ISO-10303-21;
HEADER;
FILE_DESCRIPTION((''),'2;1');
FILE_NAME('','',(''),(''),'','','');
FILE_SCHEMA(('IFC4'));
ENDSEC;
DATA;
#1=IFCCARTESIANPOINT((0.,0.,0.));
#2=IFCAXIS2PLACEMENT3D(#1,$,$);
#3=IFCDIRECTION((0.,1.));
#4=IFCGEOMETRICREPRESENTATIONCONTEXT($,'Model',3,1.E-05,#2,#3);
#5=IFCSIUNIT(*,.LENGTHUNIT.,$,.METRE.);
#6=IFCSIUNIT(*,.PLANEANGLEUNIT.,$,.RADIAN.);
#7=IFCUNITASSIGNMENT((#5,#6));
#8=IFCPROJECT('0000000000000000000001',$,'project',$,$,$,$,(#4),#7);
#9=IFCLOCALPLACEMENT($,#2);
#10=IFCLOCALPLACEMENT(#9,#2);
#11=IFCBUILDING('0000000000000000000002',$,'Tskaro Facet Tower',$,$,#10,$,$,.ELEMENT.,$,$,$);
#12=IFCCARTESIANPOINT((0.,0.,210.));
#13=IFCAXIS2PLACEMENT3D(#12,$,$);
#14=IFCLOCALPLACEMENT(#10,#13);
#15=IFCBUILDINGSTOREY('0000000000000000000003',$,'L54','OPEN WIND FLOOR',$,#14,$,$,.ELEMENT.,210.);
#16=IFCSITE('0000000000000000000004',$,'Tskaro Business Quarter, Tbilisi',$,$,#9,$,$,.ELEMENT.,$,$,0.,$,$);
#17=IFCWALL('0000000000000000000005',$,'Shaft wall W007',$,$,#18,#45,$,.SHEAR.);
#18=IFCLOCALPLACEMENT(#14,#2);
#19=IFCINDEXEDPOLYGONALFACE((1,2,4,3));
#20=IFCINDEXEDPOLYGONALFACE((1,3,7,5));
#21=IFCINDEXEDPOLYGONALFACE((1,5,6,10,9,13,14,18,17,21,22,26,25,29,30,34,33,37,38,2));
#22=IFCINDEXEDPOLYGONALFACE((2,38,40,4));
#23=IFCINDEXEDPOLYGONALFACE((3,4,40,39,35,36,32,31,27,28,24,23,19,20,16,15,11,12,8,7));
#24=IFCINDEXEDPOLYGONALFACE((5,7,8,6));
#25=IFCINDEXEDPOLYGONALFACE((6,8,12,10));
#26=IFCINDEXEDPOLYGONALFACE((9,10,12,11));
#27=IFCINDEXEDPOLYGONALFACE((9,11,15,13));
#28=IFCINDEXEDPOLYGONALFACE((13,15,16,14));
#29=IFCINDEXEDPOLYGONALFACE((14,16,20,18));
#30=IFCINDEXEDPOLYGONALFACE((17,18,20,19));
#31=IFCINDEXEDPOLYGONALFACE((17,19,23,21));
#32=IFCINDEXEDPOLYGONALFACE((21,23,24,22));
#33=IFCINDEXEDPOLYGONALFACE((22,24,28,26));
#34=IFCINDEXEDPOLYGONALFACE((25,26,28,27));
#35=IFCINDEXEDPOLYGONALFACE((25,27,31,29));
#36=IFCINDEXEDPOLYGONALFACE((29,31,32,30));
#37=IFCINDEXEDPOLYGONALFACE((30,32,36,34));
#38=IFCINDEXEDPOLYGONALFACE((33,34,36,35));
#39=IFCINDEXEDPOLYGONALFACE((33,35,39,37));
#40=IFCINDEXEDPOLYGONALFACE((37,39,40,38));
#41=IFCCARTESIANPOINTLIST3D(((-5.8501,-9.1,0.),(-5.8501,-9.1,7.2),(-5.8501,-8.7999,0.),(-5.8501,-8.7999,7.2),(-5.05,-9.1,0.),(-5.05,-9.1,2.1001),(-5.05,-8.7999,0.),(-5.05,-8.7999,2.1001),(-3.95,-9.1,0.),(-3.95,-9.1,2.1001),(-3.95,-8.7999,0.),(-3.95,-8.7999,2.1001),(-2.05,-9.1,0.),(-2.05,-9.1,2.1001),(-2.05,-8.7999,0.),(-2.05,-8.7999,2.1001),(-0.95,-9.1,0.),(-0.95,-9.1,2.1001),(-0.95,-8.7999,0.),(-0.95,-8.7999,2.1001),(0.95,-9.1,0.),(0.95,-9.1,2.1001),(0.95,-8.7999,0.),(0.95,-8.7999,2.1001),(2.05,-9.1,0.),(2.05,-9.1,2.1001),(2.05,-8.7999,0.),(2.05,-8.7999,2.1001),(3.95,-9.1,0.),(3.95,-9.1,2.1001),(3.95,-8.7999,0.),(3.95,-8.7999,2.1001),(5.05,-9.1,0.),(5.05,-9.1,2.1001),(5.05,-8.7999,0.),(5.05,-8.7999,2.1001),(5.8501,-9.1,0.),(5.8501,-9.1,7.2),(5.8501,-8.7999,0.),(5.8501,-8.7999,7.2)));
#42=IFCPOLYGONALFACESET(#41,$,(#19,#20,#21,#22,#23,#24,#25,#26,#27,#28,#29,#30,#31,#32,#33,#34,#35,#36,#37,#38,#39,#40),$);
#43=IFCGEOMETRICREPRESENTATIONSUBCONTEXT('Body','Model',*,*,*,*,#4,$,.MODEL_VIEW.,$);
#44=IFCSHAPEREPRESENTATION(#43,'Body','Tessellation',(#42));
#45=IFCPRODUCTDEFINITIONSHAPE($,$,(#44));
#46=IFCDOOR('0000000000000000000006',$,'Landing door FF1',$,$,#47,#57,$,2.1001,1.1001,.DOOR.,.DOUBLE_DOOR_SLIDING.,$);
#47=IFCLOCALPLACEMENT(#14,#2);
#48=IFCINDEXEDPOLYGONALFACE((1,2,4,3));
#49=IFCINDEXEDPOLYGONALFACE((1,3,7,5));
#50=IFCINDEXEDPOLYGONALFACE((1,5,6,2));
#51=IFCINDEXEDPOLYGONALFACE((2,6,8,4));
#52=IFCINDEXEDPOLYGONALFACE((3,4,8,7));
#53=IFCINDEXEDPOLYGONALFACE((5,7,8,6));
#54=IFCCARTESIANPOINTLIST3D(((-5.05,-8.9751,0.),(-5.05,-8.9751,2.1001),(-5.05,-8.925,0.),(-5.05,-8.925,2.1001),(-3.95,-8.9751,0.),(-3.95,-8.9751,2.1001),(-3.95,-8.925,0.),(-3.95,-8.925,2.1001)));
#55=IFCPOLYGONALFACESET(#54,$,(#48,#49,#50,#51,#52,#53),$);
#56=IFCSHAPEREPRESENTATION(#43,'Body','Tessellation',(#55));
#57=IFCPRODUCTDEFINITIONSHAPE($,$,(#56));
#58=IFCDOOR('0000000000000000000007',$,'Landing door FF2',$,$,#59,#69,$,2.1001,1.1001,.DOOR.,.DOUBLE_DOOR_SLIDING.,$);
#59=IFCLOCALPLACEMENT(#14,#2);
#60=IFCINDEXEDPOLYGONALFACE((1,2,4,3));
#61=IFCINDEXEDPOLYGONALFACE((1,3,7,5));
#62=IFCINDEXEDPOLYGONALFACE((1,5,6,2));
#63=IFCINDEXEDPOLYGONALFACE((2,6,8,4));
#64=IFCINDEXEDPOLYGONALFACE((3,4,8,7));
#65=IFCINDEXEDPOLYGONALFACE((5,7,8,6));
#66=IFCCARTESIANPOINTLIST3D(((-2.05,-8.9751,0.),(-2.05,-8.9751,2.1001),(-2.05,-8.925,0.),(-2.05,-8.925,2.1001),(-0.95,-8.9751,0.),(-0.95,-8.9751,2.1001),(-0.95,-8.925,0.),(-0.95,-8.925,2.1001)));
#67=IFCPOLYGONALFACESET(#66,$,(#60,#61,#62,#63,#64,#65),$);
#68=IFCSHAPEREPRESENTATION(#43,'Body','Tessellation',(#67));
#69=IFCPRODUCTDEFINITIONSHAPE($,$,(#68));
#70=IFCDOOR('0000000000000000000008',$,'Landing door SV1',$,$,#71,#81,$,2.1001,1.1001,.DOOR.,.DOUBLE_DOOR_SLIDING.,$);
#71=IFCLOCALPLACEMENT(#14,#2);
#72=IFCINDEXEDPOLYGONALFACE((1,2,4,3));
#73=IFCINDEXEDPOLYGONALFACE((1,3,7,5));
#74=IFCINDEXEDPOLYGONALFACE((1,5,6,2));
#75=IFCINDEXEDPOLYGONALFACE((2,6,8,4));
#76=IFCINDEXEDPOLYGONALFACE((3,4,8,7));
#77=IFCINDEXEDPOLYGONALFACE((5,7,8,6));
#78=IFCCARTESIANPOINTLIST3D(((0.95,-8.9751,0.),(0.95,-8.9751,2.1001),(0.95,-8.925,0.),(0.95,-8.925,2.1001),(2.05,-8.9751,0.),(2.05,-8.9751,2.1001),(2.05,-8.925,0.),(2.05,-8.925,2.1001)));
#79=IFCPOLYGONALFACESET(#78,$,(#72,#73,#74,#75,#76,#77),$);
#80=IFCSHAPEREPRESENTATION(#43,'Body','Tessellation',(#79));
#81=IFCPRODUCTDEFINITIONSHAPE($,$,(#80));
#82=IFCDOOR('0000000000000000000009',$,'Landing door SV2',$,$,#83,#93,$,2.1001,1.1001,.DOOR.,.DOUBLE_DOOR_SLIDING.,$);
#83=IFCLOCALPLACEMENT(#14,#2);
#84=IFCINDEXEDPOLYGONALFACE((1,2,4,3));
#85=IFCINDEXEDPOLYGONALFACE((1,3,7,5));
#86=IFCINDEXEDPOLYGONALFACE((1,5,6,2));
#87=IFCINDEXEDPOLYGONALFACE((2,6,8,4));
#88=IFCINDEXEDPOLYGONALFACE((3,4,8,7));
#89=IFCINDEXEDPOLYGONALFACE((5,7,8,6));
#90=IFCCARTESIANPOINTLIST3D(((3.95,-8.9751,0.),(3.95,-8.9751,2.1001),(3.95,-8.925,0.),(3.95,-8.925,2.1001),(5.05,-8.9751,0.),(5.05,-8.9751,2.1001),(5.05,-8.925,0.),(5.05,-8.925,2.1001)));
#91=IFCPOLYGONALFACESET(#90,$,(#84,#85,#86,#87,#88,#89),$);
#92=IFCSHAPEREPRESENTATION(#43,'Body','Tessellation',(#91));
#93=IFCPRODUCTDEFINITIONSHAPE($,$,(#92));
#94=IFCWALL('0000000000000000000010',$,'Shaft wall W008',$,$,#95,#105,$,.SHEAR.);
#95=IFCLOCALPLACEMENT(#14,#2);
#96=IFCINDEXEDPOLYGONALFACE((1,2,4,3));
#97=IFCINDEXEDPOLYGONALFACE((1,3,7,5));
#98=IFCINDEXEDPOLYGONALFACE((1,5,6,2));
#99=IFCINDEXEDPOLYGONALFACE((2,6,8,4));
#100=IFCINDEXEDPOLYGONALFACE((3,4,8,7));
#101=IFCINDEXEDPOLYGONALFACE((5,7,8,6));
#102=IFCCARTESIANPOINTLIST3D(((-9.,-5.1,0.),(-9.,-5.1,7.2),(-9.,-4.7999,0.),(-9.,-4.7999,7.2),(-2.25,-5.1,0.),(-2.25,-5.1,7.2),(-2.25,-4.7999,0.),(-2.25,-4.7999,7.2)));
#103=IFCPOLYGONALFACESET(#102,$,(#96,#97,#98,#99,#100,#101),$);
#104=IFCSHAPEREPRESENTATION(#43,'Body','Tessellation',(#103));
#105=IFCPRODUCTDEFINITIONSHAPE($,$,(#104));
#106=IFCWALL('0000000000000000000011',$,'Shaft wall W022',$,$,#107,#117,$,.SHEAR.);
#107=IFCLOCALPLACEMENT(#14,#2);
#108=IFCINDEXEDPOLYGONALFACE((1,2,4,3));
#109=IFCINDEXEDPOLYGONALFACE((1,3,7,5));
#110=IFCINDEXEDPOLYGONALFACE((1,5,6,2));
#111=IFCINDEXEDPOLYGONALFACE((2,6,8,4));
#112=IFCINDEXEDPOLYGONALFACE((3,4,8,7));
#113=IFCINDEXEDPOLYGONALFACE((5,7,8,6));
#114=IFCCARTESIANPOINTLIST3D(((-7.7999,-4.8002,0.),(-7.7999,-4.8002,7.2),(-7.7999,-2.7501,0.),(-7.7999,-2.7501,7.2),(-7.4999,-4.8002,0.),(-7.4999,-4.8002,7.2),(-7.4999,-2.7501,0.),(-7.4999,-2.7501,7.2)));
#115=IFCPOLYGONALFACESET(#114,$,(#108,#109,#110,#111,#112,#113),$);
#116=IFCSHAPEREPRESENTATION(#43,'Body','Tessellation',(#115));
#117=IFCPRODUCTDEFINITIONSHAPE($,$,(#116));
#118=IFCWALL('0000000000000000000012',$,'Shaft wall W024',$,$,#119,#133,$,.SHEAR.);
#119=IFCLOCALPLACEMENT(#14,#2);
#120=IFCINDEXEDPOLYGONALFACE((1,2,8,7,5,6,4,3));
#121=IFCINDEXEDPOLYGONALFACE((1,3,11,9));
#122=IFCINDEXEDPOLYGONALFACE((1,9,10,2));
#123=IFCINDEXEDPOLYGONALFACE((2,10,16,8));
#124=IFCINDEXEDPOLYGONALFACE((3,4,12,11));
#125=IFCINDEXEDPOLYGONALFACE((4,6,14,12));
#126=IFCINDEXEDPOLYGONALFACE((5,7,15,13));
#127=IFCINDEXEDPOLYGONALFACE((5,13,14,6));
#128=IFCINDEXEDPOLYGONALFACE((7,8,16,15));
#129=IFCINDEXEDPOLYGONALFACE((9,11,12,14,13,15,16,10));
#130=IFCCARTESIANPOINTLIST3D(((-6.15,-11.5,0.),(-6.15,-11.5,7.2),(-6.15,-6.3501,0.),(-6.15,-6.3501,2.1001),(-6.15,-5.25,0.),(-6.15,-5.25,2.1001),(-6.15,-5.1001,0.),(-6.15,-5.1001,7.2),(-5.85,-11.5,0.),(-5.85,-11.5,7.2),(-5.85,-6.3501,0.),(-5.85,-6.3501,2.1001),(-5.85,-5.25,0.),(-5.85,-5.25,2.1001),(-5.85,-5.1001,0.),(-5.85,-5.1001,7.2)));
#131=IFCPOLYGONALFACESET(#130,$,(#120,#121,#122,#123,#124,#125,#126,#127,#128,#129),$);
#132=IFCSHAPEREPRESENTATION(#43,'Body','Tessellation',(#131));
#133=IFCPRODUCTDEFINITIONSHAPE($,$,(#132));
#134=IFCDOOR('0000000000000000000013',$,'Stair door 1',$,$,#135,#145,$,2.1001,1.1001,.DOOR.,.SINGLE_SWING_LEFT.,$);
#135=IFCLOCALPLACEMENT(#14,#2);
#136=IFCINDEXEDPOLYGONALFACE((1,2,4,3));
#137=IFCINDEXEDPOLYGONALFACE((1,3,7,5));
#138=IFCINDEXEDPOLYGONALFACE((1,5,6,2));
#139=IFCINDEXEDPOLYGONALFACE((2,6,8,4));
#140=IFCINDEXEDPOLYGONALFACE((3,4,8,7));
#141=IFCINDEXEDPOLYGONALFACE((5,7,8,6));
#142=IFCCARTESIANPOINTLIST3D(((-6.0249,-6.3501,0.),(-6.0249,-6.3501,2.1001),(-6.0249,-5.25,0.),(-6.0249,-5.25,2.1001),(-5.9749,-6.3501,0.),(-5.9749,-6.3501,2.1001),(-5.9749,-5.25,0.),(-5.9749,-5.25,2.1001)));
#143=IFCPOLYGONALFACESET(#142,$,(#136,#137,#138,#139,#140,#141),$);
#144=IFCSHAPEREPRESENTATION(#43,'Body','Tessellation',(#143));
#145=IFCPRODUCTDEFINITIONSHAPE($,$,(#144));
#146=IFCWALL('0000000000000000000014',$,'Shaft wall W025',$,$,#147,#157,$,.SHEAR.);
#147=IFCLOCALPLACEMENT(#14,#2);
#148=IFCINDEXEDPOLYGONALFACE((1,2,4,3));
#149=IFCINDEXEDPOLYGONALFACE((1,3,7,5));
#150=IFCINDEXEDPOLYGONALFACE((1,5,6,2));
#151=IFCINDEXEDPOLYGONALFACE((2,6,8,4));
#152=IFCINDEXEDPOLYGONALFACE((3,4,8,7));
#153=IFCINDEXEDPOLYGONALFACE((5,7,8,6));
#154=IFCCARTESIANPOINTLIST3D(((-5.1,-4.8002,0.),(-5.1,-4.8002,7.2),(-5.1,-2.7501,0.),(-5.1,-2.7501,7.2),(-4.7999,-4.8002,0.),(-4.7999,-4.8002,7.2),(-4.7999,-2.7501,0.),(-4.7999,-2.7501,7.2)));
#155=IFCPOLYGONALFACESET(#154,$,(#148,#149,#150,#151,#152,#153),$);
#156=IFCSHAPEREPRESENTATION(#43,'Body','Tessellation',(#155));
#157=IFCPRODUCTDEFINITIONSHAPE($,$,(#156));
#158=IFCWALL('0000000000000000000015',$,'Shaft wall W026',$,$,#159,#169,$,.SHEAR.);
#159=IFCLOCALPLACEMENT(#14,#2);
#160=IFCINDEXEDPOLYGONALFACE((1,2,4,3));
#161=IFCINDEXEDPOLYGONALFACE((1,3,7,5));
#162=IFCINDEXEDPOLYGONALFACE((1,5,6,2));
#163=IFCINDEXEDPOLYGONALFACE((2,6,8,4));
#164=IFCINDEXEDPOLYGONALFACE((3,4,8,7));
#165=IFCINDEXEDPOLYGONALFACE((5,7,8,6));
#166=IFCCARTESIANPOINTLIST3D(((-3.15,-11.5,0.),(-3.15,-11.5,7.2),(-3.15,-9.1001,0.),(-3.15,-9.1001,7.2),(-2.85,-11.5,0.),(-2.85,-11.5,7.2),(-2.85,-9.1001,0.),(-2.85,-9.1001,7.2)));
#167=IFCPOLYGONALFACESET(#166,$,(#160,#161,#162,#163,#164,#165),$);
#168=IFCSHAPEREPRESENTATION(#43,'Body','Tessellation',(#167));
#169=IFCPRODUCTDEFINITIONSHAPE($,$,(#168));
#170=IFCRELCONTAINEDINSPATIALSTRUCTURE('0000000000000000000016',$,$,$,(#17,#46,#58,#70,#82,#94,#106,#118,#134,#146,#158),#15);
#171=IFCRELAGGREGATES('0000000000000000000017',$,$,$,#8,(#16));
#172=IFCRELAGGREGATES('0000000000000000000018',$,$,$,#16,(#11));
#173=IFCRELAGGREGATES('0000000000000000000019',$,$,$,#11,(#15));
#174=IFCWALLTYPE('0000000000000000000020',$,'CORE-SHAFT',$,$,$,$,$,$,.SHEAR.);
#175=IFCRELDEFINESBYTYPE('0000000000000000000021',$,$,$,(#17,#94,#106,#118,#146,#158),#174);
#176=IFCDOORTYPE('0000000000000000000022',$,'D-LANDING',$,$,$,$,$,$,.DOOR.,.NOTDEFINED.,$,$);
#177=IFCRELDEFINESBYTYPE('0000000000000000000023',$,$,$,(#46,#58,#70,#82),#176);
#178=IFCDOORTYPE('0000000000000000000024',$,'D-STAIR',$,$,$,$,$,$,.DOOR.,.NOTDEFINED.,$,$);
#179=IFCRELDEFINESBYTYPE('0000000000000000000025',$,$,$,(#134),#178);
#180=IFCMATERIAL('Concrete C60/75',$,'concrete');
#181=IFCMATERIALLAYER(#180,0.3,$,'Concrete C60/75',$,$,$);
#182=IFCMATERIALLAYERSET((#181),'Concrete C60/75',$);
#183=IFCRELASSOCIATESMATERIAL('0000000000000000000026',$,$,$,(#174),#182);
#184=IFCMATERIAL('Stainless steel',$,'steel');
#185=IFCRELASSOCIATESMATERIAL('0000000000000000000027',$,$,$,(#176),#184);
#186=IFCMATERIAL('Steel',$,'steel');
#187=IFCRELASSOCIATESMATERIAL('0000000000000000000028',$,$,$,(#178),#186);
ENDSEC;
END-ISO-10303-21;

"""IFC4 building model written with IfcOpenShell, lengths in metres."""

from ifc_helpers import new_model, si_unit, direction, frame, frame_2d, origin, place, context, subcontext, project, spatial, rectangle, extrude, material, layer, layer_set, type_object, element, fill, save


model = new_model("IFC4")

# Units and contexts
model_context = context("Model", 3, precision=1e-05, world=origin(), true_north=direction((0.0, 1.0)))
body_context = subcontext(model_context, "Body", "Model", "MODEL_VIEW")
ifc_project = project(units=[si_unit("LENGTHUNIT", "METRE"), si_unit("PLANEANGLEUNIT", "RADIAN")], contexts=[model_context])

# Site, building, storey
site_placement = place(None, origin())
site = spatial("IfcSite", under=ifc_project, at=site_placement, Name="Tskaro Business Quarter, Tbilisi", CompositionType="ELEMENT", RefElevation=0.0)
building_placement = place(site_placement, origin())
building = spatial("IfcBuilding", under=site, at=building_placement, Name="Tskaro Facet Tower", CompositionType="ELEMENT")
storey_placement = place(building_placement, frame((0.0, 0.0, 210.0)))
storey = spatial("IfcBuildingStorey", under=building, at=storey_placement, Name="L54", Description="OPEN WIND FLOOR", CompositionType="ELEMENT", Elevation=210.0)

# Wall, openings, doors
ifc_material_1 = material(Name="Concrete C60/75", Category="concrete")
ifc_layer_1 = layer(ifc_material_1, 0.3, Name="Concrete C60/75")
ifc_layer_set_1 = layer_set([ifc_layer_1], Name="Concrete C60/75")
wall_type_1 = type_object("IfcWallType", Name="CORE-SHAFT", PredefinedType="SHEAR", material=ifc_layer_set_1)
wall_1_placement = place(storey_placement, frame((-5.8501, -8.95, 0.0), z_axis=(0.0, 0.0, 1.0), x_axis=(1.0, 0.0, 0.0)))
wall_1 = element("IfcWall", 1, at=wall_1_placement, inside=storey, type_object=wall_type_1, Name="Shaft wall W007", PredefinedType="SHEAR", context=body_context, shape_type="SweptSolid", body=[
    extrude(rectangle(XDim=11.7002, YDim=0.3, at=frame_2d((5.8501, 0.0))), origin(), (0.0, 0.0, 1.0), 7.2),
])
opening_1_placement = place(wall_1_placement, frame((0.8, 0.0, 0.0)))
opening_1 = element("IfcOpeningElement", 2, at=opening_1_placement, cuts=wall_1, PredefinedType="OPENING", context=body_context, shape_type="SweptSolid", body=[
    extrude(rectangle(XDim=1.1001, YDim=2.1001, at=frame_2d((0.55, 1.05))), frame((0.0, 0.1599, 0.0), z_axis=(0.0, -1.0, 0.0), x_axis=(1.0, 0.0, 0.0)), (0.0, 0.0, 1.0), 0.3201),
])
opening_2_placement = place(wall_1_placement, frame((3.8, 0.0, 0.0)))
opening_2 = element("IfcOpeningElement", 3, at=opening_2_placement, cuts=wall_1, PredefinedType="OPENING", context=body_context, shape_type="SweptSolid", body=[
    extrude(rectangle(XDim=1.1001, YDim=2.1001, at=frame_2d((0.55, 1.05))), frame((0.0, 0.1599, 0.0), z_axis=(0.0, -1.0, 0.0), x_axis=(1.0, 0.0, 0.0)), (0.0, 0.0, 1.0), 0.3201),
])
opening_3_placement = place(wall_1_placement, frame((6.8, 0.0, 0.0)))
opening_3 = element("IfcOpeningElement", 4, at=opening_3_placement, cuts=wall_1, PredefinedType="OPENING", context=body_context, shape_type="SweptSolid", body=[
    extrude(rectangle(XDim=1.1001, YDim=2.1001, at=frame_2d((0.55, 1.05))), frame((0.0, 0.1599, 0.0), z_axis=(0.0, -1.0, 0.0), x_axis=(1.0, 0.0, 0.0)), (0.0, 0.0, 1.0), 0.3201),
])
opening_4_placement = place(wall_1_placement, frame((9.8, 0.0, 0.0)))
opening_4 = element("IfcOpeningElement", 5, at=opening_4_placement, cuts=wall_1, PredefinedType="OPENING", context=body_context, shape_type="SweptSolid", body=[
    extrude(rectangle(XDim=1.1001, YDim=2.1001, at=frame_2d((0.55, 1.05))), frame((0.0, 0.1599, 0.0), z_axis=(0.0, -1.0, 0.0), x_axis=(1.0, 0.0, 0.0)), (0.0, 0.0, 1.0), 0.3201),
])
ifc_material_2 = material(Name="Stainless steel", Category="steel")
door_type_1 = type_object("IfcDoorType", Name="D-LANDING", OperationType="NOTDEFINED", PredefinedType="DOOR", material=ifc_material_2)
door_1_placement = place(opening_1_placement, origin())
door_1 = element("IfcDoor", 6, at=door_1_placement, inside=storey, type_object=door_type_1, Name="Landing door FF1", OperationType="DOUBLE_DOOR_SLIDING", OverallHeight=2.1001, OverallWidth=1.1001, PredefinedType="DOOR", context=body_context, shape_type="SweptSolid", body=[
    extrude(rectangle(XDim=1.1001, YDim=2.1001, at=frame_2d((0.55, 1.05))), frame((0.0, 0.0249, 0.0), z_axis=(0.0, -1.0, 0.0), x_axis=(1.0, 0.0, 0.0)), (0.0, 0.0, 1.0), 0.05),
])
fill(opening_1, door_1)
door_2_placement = place(opening_2_placement, origin())
door_2 = element("IfcDoor", 7, at=door_2_placement, inside=storey, type_object=door_type_1, Name="Landing door FF2", OperationType="DOUBLE_DOOR_SLIDING", OverallHeight=2.1001, OverallWidth=1.1001, PredefinedType="DOOR", context=body_context, shape_type="SweptSolid", body=[
    extrude(rectangle(XDim=1.1001, YDim=2.1001, at=frame_2d((0.55, 1.05))), frame((0.0, 0.0249, 0.0), z_axis=(0.0, -1.0, 0.0), x_axis=(1.0, 0.0, 0.0)), (0.0, 0.0, 1.0), 0.05),
])
fill(opening_2, door_2)
door_3_placement = place(opening_3_placement, origin())
door_3 = element("IfcDoor", 8, at=door_3_placement, inside=storey, type_object=door_type_1, Name="Landing door SV1", OperationType="DOUBLE_DOOR_SLIDING", OverallHeight=2.1001, OverallWidth=1.1001, PredefinedType="DOOR", context=body_context, shape_type="SweptSolid", body=[
    extrude(rectangle(XDim=1.1001, YDim=2.1001, at=frame_2d((0.55, 1.05))), frame((0.0, 0.0249, 0.0), z_axis=(0.0, -1.0, 0.0), x_axis=(1.0, 0.0, 0.0)), (0.0, 0.0, 1.0), 0.05),
])
fill(opening_3, door_3)
door_4_placement = place(opening_4_placement, origin())
door_4 = element("IfcDoor", 9, at=door_4_placement, inside=storey, type_object=door_type_1, Name="Landing door SV2", OperationType="DOUBLE_DOOR_SLIDING", OverallHeight=2.1001, OverallWidth=1.1001, PredefinedType="DOOR", context=body_context, shape_type="SweptSolid", body=[
    extrude(rectangle(XDim=1.1001, YDim=2.1001, at=frame_2d((0.55, 1.05))), frame((0.0, 0.0249, 0.0), z_axis=(0.0, -1.0, 0.0), x_axis=(1.0, 0.0, 0.0)), (0.0, 0.0, 1.0), 0.05),
])
fill(opening_4, door_4)

# Walls
wall_2_placement = place(storey_placement, frame((-9.0, -4.95, 0.0), z_axis=(0.0, 0.0, 1.0), x_axis=(1.0, 0.0, 0.0)))
element("IfcWall", 10, at=wall_2_placement, inside=storey, type_object=wall_type_1, Name="Shaft wall W008", PredefinedType="SHEAR", context=body_context, shape_type="SweptSolid", body=[
    extrude(rectangle(XDim=6.75, YDim=0.3, at=frame_2d((3.375, 0.0))), origin(), (0.0, 0.0, 1.0), 7.2),
])
wall_3_placement = place(storey_placement, frame((-7.6499, -4.8, 0.0), z_axis=(0.0, 0.0, 1.0), x_axis=(0.0, 1.0, 0.0)))
element("IfcWall", 11, at=wall_3_placement, inside=storey, type_object=wall_type_1, Name="Shaft wall W022", PredefinedType="SHEAR", context=body_context, shape_type="SweptSolid", body=[
    extrude(rectangle(XDim=2.05, YDim=0.3, at=frame_2d((1.0249, 0.0))), origin(), (0.0, 0.0, 1.0), 7.2),
])

# Wall, opening, door
wall_4_placement = place(storey_placement, frame((-6.0, -11.5, 0.0), z_axis=(0.0, 0.0, 1.0), x_axis=(0.0, 1.0, 0.0)))
wall_4 = element("IfcWall", 12, at=wall_4_placement, inside=storey, type_object=wall_type_1, Name="Shaft wall W024", PredefinedType="SHEAR", context=body_context, shape_type="SweptSolid", body=[
    extrude(rectangle(XDim=6.3999, YDim=0.3, at=frame_2d((3.2, 0.0))), origin(), (0.0, 0.0, 1.0), 7.2),
])
opening_5_placement = place(wall_4_placement, frame((5.1499, 0.0, 0.0)))
opening_5 = element("IfcOpeningElement", 13, at=opening_5_placement, cuts=wall_4, PredefinedType="OPENING", context=body_context, shape_type="SweptSolid", body=[
    extrude(rectangle(XDim=1.1001, YDim=2.1001, at=frame_2d((0.55, 1.05))), frame((0.0, 0.1599, 0.0), z_axis=(0.0, -1.0, 0.0), x_axis=(1.0, 0.0, 0.0)), (0.0, 0.0, 1.0), 0.3201),
])
ifc_material_3 = material(Name="Steel", Category="steel")
door_type_2 = type_object("IfcDoorType", Name="D-STAIR", OperationType="NOTDEFINED", PredefinedType="DOOR", material=ifc_material_3)
door_5_placement = place(opening_5_placement, origin())
door_5 = element("IfcDoor", 14, at=door_5_placement, inside=storey, type_object=door_type_2, Name="Stair door 1", OperationType="SINGLE_SWING_LEFT", OverallHeight=2.1001, OverallWidth=1.1001, PredefinedType="DOOR", context=body_context, shape_type="SweptSolid", body=[
    extrude(rectangle(XDim=1.1001, YDim=2.1001, at=frame_2d((0.55, 1.05))), frame((0.0, 0.0249, 0.0), z_axis=(0.0, -1.0, 0.0), x_axis=(1.0, 0.0, 0.0)), (0.0, 0.0, 1.0), 0.05),
])
fill(opening_5, door_5)

# Walls
wall_5_placement = place(storey_placement, frame((-4.95, -4.8, 0.0), z_axis=(0.0, 0.0, 1.0), x_axis=(0.0, 1.0, 0.0)))
element("IfcWall", 15, at=wall_5_placement, inside=storey, type_object=wall_type_1, Name="Shaft wall W025", PredefinedType="SHEAR", context=body_context, shape_type="SweptSolid", body=[
    extrude(rectangle(XDim=2.05, YDim=0.3, at=frame_2d((1.0249, 0.0))), origin(), (0.0, 0.0, 1.0), 7.2),
])
wall_6_placement = place(storey_placement, frame((-3.0, -11.5, 0.0), z_axis=(0.0, 0.0, 1.0), x_axis=(0.0, 1.0, 0.0)))
element("IfcWall", 16, at=wall_6_placement, inside=storey, type_object=wall_type_1, Name="Shaft wall W026", PredefinedType="SHEAR", context=body_context, shape_type="SweptSolid", body=[
    extrude(rectangle(XDim=2.3999, YDim=0.3, at=frame_2d((1.2, 0.0))), origin(), (0.0, 0.0, 1.0), 7.2),
])

save(model, "model.ifc")
